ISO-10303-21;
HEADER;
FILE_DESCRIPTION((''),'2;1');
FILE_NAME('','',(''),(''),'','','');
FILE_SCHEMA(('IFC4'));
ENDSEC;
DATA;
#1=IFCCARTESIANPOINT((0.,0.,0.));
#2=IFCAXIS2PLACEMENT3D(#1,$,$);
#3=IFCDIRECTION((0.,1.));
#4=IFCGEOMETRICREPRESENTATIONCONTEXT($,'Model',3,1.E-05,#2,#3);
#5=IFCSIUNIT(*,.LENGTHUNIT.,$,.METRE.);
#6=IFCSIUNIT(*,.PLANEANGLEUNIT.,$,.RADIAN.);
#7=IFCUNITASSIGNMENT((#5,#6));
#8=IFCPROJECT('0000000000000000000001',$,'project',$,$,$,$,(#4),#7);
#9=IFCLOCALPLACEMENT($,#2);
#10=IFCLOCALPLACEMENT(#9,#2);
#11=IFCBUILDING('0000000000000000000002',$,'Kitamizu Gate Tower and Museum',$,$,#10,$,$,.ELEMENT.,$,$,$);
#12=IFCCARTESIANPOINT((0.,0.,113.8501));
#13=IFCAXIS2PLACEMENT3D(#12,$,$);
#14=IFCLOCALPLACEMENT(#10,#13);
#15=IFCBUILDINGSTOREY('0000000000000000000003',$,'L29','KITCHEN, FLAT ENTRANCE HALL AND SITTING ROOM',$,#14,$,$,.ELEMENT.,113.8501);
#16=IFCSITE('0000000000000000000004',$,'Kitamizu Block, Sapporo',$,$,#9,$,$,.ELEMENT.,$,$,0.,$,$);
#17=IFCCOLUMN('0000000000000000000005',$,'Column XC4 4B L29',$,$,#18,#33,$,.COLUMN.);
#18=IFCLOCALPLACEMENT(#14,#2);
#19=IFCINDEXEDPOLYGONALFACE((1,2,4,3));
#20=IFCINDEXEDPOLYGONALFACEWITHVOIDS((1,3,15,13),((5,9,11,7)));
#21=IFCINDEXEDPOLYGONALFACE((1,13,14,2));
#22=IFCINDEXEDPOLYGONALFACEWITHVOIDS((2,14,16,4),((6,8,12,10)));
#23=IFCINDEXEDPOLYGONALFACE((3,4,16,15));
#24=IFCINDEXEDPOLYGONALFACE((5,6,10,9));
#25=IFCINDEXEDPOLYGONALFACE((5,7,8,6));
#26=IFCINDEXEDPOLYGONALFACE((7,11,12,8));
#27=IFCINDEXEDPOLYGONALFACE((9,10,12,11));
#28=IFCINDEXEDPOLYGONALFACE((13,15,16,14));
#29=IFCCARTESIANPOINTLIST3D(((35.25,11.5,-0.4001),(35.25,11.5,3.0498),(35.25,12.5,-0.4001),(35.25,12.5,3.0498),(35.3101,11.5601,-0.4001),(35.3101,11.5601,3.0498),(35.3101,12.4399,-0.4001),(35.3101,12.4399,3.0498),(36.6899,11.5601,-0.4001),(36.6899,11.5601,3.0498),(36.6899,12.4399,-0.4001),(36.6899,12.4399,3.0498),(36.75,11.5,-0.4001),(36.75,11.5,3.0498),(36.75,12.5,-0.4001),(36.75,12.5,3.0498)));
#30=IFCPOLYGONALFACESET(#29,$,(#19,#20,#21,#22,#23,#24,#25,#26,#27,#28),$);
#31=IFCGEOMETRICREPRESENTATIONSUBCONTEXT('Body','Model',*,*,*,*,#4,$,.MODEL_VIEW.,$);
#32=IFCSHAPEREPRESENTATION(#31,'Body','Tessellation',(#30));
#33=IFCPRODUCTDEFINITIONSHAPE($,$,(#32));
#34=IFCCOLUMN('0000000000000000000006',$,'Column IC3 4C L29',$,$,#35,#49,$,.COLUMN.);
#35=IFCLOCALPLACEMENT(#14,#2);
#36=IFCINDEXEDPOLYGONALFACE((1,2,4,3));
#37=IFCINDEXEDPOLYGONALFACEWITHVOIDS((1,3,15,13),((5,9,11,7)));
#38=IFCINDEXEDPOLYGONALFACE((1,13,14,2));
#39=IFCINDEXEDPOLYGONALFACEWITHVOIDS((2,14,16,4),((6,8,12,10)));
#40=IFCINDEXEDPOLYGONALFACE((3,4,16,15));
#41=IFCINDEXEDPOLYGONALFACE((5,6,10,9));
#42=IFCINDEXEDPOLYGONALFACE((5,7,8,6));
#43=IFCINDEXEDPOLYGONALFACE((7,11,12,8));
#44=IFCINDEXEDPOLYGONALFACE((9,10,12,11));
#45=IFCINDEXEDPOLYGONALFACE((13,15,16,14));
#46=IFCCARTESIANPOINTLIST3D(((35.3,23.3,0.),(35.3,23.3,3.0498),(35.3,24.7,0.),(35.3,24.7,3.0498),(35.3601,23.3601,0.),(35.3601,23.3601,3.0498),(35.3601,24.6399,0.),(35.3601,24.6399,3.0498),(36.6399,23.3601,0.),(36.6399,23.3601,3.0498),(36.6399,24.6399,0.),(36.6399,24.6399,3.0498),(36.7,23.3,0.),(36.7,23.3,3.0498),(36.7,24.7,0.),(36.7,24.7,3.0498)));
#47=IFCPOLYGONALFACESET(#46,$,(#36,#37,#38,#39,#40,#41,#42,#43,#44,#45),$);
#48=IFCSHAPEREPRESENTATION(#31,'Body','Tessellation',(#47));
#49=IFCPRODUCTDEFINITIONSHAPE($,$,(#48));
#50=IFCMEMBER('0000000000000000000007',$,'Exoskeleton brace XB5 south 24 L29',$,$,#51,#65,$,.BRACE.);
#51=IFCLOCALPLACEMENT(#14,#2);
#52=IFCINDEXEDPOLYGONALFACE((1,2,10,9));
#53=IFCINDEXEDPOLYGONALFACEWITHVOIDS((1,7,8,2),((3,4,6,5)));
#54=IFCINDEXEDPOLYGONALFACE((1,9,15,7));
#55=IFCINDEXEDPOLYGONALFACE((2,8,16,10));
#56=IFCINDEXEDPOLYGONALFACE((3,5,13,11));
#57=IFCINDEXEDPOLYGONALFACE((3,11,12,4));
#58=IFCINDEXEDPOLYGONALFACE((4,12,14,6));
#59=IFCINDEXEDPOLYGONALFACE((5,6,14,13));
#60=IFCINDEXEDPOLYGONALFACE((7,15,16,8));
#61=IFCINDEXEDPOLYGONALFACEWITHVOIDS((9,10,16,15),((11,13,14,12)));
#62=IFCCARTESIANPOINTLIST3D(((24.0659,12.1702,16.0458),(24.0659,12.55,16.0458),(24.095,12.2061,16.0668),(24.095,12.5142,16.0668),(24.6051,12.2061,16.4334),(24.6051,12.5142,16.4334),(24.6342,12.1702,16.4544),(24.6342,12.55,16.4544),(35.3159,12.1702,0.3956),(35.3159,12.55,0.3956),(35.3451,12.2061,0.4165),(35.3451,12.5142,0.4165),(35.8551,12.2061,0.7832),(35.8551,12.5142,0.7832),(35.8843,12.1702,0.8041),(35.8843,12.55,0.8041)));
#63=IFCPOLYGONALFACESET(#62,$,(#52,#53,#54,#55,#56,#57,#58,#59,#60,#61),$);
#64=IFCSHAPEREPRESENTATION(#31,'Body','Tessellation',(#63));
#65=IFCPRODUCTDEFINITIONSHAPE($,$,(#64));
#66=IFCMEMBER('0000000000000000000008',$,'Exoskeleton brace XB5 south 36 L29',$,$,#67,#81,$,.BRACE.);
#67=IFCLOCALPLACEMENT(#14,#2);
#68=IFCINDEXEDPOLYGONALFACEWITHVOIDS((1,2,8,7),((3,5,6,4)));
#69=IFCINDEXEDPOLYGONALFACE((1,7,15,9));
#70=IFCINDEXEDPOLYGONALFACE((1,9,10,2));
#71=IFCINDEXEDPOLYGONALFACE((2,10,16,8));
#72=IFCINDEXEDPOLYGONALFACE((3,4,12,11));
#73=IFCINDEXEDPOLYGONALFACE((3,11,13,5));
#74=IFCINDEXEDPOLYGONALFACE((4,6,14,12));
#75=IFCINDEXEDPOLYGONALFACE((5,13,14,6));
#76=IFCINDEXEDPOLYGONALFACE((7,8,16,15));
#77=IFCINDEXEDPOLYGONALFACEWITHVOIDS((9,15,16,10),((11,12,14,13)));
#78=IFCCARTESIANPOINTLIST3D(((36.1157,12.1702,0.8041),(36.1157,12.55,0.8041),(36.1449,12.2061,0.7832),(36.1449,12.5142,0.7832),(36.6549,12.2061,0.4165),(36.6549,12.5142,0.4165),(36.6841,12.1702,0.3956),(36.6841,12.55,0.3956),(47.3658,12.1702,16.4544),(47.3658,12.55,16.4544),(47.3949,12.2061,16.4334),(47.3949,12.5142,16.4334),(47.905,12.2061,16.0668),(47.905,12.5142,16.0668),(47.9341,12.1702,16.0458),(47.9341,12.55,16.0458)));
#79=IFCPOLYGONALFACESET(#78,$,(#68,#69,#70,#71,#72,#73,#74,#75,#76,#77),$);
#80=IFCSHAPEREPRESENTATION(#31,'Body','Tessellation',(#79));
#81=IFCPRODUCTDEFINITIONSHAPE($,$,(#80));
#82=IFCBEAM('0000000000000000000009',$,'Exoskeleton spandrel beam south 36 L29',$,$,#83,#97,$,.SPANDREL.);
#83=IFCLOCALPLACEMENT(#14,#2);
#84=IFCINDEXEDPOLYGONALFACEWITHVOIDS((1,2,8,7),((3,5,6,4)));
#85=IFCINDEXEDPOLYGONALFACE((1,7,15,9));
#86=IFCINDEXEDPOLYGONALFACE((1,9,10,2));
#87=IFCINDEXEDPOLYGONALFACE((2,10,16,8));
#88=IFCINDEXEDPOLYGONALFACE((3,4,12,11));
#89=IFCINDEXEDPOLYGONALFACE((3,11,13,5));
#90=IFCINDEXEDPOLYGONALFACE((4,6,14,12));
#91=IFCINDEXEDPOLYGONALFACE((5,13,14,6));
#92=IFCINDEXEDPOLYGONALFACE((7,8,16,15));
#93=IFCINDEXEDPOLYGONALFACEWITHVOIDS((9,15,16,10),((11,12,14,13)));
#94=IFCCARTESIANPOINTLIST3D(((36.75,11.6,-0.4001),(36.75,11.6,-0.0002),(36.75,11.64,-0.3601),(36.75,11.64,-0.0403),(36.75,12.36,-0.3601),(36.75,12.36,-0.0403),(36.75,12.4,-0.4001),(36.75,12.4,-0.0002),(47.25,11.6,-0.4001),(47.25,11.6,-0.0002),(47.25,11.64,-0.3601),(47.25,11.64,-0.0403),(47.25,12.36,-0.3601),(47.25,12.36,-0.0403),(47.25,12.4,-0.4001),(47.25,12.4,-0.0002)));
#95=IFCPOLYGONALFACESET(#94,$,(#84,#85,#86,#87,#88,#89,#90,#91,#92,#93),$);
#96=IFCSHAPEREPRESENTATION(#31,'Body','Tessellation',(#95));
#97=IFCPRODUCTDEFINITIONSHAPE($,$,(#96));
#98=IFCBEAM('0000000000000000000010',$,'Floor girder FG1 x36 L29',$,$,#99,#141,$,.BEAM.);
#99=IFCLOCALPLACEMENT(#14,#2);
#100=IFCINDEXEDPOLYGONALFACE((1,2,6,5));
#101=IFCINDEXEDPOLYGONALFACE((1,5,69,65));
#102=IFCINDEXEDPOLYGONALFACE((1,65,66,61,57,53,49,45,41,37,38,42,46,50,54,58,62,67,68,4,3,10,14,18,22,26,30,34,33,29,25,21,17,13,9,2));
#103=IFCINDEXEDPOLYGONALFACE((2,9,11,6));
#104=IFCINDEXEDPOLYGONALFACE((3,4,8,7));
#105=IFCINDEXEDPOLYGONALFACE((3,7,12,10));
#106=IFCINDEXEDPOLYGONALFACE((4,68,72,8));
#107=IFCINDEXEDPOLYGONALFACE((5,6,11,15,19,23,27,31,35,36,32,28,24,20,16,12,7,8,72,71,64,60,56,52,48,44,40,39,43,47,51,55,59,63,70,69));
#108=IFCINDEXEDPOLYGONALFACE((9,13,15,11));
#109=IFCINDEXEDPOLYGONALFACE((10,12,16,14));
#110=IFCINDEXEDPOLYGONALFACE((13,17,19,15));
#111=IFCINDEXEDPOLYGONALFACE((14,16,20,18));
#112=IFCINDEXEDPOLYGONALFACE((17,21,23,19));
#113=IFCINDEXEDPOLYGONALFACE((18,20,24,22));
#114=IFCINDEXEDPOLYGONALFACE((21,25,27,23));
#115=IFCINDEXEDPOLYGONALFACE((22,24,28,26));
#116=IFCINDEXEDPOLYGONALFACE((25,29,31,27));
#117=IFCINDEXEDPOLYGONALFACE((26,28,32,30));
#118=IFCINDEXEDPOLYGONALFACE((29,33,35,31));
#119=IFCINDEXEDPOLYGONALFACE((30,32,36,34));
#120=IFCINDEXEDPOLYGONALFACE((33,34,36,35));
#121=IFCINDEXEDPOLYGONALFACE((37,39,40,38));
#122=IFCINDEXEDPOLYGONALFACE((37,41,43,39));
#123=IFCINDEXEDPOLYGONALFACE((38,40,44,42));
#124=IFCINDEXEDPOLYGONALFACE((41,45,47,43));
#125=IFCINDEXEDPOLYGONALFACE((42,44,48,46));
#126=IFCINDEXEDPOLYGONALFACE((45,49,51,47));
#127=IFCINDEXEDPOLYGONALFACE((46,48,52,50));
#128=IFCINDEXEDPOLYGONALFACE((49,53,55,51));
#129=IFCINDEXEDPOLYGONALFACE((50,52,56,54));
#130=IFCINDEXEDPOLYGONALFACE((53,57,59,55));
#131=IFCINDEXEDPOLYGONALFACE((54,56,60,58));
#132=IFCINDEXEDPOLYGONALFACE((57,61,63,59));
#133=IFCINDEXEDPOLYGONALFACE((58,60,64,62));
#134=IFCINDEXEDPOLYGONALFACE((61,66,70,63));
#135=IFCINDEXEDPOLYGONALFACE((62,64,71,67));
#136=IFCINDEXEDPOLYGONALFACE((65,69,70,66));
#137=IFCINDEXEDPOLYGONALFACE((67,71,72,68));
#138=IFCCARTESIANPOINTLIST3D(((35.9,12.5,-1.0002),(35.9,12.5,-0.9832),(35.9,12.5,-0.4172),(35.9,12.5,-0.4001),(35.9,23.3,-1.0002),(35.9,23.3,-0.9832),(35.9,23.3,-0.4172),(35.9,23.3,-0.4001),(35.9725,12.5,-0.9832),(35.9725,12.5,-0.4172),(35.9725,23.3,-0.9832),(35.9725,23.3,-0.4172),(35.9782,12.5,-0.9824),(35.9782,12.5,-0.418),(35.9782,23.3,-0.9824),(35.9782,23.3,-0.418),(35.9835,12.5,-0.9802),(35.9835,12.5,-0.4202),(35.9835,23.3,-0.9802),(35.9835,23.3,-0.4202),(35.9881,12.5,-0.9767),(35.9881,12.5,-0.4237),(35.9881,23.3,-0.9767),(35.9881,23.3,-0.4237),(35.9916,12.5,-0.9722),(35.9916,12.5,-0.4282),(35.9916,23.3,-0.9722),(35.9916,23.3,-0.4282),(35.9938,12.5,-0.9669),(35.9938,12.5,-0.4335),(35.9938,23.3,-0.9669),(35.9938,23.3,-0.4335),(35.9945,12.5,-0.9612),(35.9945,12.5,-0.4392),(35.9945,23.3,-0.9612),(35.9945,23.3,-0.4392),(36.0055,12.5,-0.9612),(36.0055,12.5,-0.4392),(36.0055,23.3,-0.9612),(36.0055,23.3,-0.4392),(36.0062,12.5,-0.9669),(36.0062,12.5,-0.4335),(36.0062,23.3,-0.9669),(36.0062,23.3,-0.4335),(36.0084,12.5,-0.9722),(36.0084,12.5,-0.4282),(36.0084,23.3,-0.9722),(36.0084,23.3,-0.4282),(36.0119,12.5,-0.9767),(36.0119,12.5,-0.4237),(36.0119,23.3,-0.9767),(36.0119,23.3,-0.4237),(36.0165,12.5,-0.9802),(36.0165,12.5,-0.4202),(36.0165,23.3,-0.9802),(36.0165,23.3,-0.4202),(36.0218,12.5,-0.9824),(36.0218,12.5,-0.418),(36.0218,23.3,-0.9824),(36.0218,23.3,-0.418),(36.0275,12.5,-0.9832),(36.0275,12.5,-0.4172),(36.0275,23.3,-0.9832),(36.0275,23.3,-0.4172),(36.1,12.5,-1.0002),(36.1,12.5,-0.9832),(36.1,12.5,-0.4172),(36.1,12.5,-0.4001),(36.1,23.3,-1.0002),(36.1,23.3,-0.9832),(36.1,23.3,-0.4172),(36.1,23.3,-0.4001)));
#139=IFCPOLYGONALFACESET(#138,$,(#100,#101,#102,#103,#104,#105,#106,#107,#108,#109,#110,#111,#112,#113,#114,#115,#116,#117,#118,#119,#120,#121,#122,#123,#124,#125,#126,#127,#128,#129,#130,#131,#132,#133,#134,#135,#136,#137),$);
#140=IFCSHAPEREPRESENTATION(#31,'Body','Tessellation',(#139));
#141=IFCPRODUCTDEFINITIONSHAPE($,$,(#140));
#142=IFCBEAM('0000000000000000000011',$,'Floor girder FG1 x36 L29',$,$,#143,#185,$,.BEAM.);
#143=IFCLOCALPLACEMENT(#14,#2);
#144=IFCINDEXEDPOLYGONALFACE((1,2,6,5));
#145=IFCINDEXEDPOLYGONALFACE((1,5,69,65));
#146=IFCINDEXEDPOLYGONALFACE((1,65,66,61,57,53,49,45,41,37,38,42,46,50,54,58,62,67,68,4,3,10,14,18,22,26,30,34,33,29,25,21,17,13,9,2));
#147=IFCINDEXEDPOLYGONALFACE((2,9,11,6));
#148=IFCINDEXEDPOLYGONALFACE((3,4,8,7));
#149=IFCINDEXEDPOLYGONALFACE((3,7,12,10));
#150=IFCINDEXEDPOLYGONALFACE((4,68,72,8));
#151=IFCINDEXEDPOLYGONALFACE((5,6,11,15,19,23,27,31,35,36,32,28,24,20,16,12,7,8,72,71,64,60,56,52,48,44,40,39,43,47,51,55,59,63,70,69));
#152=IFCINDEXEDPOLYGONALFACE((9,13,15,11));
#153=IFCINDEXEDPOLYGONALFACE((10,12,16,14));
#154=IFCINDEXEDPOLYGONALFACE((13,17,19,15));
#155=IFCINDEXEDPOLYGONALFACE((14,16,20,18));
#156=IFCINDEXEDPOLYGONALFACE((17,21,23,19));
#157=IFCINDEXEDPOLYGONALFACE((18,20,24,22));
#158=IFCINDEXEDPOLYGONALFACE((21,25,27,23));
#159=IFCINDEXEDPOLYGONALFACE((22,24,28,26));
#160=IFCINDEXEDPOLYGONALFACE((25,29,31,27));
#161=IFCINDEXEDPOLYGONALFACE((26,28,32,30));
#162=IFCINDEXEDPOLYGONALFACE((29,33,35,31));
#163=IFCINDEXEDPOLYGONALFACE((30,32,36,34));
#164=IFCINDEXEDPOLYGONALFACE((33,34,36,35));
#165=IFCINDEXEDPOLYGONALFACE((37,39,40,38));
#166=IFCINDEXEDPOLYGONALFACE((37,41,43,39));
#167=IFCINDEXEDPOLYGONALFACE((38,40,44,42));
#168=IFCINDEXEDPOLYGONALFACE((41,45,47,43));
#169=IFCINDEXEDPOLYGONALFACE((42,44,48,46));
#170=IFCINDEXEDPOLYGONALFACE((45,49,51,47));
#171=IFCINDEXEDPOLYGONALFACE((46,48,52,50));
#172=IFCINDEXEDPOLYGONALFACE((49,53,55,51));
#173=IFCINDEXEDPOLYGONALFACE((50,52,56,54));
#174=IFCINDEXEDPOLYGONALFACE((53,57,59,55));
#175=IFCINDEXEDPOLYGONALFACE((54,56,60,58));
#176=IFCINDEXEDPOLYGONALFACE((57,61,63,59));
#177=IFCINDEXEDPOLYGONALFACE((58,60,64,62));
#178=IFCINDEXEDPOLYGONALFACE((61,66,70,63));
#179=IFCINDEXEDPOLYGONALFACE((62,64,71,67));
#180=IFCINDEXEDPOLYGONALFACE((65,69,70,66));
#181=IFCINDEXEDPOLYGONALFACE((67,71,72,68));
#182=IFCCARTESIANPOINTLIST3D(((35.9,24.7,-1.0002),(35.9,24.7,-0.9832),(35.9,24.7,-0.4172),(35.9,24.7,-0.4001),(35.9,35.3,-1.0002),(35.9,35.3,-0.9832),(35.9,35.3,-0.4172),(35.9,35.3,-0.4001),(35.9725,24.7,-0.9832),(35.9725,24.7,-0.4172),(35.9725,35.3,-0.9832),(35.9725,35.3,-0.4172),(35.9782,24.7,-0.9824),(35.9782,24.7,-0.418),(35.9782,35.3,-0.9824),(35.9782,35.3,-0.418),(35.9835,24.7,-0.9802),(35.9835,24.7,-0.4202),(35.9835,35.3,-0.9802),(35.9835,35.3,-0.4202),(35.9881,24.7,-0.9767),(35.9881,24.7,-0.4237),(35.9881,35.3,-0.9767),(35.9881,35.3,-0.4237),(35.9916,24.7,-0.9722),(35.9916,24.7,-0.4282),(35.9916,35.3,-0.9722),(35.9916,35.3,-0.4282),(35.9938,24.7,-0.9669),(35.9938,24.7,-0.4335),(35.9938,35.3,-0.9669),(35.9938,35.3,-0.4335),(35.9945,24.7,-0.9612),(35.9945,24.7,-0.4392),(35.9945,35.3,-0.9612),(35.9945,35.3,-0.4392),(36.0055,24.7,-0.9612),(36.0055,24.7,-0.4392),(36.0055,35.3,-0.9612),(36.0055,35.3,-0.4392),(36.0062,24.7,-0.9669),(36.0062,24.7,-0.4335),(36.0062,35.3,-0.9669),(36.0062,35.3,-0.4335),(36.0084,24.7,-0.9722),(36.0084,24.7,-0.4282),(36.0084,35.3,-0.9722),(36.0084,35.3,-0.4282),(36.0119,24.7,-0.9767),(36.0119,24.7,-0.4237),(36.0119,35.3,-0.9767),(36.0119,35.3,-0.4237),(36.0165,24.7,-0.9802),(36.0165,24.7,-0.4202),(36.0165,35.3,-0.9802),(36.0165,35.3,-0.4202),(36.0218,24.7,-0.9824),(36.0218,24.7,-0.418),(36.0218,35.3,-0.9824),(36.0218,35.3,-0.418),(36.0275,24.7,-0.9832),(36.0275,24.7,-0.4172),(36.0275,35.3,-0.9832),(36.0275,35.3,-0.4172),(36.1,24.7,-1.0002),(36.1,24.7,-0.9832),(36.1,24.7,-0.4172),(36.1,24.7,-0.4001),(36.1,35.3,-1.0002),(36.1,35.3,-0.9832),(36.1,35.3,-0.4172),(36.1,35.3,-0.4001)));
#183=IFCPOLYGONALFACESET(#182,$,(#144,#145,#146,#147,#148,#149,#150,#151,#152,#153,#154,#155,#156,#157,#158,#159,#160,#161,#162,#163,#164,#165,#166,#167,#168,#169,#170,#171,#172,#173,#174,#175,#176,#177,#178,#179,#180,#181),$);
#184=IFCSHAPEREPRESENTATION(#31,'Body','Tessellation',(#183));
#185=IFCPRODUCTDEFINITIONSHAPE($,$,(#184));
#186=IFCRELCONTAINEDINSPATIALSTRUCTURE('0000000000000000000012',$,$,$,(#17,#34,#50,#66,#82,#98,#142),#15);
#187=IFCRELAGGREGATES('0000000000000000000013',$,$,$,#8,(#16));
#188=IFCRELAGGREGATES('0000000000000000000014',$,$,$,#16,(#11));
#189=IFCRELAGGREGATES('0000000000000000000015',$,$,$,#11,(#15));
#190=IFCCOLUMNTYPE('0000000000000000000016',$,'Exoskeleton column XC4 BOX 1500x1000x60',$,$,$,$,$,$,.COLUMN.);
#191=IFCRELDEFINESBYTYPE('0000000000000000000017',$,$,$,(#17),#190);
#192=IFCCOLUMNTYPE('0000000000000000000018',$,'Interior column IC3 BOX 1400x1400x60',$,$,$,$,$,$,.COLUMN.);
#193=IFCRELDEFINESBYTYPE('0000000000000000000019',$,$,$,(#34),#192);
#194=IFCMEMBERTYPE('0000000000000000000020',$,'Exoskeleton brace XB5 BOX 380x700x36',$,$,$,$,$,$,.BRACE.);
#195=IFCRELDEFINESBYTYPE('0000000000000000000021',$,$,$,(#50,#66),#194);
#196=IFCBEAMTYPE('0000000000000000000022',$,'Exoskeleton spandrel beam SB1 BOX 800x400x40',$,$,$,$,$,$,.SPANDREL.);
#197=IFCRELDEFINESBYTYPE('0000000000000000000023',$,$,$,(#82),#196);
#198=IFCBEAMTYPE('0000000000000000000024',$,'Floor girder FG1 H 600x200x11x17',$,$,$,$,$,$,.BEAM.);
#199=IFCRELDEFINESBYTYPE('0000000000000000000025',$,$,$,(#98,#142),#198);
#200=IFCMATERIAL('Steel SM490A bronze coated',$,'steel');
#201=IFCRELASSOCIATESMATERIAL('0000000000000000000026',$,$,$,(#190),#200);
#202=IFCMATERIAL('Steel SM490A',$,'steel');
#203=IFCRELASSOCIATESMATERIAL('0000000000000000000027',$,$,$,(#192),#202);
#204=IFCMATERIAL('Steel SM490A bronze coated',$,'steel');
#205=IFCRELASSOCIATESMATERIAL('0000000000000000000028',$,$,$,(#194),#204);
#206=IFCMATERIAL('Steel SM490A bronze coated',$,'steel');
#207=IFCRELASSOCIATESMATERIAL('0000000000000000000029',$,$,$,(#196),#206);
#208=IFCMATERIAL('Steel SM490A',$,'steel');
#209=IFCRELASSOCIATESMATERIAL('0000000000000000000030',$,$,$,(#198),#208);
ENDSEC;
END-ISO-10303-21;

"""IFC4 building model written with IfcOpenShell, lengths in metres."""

from ifc_helpers import new_model, si_unit, direction, frame, origin, origin_2d, place, context, subcontext, project, spatial, hollow_rectangle, i_section, extrude, material, material_profile, profile_set, type_object, element, save


model = new_model("IFC4")

# Units and contexts
model_context = context("Model", 3, precision=1e-05, world=origin(), true_north=direction((0.0, 1.0)))
body_context = subcontext(model_context, "Body", "Model", "MODEL_VIEW")
ifc_project = project(units=[si_unit("LENGTHUNIT", "METRE"), si_unit("PLANEANGLEUNIT", "RADIAN")], contexts=[model_context])

# Site, building, storey
site_placement = place(None, origin())
site = spatial("IfcSite", under=ifc_project, at=site_placement, Name="Kitamizu Block, Sapporo", CompositionType="ELEMENT", RefElevation=0.0)
building_placement = place(site_placement, origin())
building = spatial("IfcBuilding", under=site, at=building_placement, Name="Kitamizu Gate Tower and Museum", CompositionType="ELEMENT")
storey_placement = place(building_placement, frame((0.0, 0.0, 113.8501)))
storey = spatial("IfcBuildingStorey", under=building, at=storey_placement, Name="L29", Description="KITCHEN, FLAT ENTRANCE HALL AND SITTING ROOM", CompositionType="ELEMENT", Elevation=113.8501)

# Columns
ifc_material_1 = material(Name="Steel SM490A bronze coated", Category="steel")
ifc_material_profile_1 = material_profile(ifc_material_1, hollow_rectangle(XDim=1.5, YDim=1.0, WallThickness=0.0601, at=origin_2d()), Name="BOX 1500x1000x60")
ifc_profile_set_1 = profile_set([ifc_material_profile_1], Name="Steel SM490A bronze coated")
column_type_1 = type_object("IfcColumnType", Name="Exoskeleton column XC4 BOX 1500x1000x60", PredefinedType="COLUMN", material=ifc_profile_set_1)
column_1_placement = place(storey_placement, frame((36.0, 12.0, -0.4001), z_axis=(0.0, 0.0, 1.0), x_axis=(1.0, 0.0, 0.0)))
element("IfcColumn", 1, at=column_1_placement, inside=storey, type_object=column_type_1, Name="Column XC4 4B L29", PredefinedType="COLUMN", context=body_context, shape_type="SweptSolid", body=[
    extrude(hollow_rectangle(XDim=1.5, YDim=1.0, WallThickness=0.0601, at=origin_2d()), origin(), (0.0, 0.0, 1.0), 3.45),
])
ifc_material_2 = material(Name="Steel SM490A", Category="steel")
ifc_material_profile_2 = material_profile(ifc_material_2, hollow_rectangle(XDim=1.3999, YDim=1.3999, WallThickness=0.0601, at=origin_2d()), Name="BOX 1400x1400x60")
ifc_profile_set_2 = profile_set([ifc_material_profile_2], Name="Steel SM490A")
column_type_2 = type_object("IfcColumnType", Name="Interior column IC3 BOX 1400x1400x60", PredefinedType="COLUMN", material=ifc_profile_set_2)
column_2_placement = place(storey_placement, frame((36.0, 24.0, 0.0), z_axis=(0.0, 0.0, 1.0), x_axis=(1.0, 0.0, 0.0)))
element("IfcColumn", 2, at=column_2_placement, inside=storey, type_object=column_type_2, Name="Column IC3 4C L29", PredefinedType="COLUMN", context=body_context, shape_type="SweptSolid", body=[
    extrude(hollow_rectangle(XDim=1.3999, YDim=1.3999, WallThickness=0.0601, at=origin_2d()), origin(), (0.0, 0.0, 1.0), 3.0498),
])

# Members
ifc_material_3 = material(Name="Steel SM490A bronze coated", Category="steel")
ifc_material_profile_3 = material_profile(ifc_material_3, hollow_rectangle(XDim=0.3799, YDim=0.7, WallThickness=0.0359, at=origin_2d()), Name="BOX 380x700x36")
ifc_profile_set_3 = profile_set([ifc_material_profile_3], Name="Steel SM490A bronze coated")
member_type = type_object("IfcMemberType", Name="Exoskeleton brace XB5 BOX 380x700x36", PredefinedType="BRACE", material=ifc_profile_set_3)
for number, where, z_axis, x_axis, name in (
    (3, (35.6001, 12.3601, 0.5999), (-0.583686, 0.0, 0.81198), (0.0, -1.0, 0.0), "Exoskeleton brace XB5 south 24 L29"),
    (4, (36.3999, 12.3601, 0.5999), (0.583686, 0.0, 0.81198), (0.0, 1.0, 0.0), "Exoskeleton brace XB5 south 36 L29"),
):
    element("IfcMember", number, at=place(storey_placement, frame(where, z_axis=z_axis, x_axis=x_axis)), inside=storey, type_object=member_type, Name=name, PredefinedType="BRACE", context=body_context, shape_type="SweptSolid", body=[
        extrude(hollow_rectangle(XDim=0.3799, YDim=0.7, WallThickness=0.0359, at=origin_2d()), origin(), (0.0, 0.0, 1.0), 19.2742),
    ])

# Beams
ifc_material_4 = material(Name="Steel SM490A bronze coated", Category="steel")
ifc_material_profile_4 = material_profile(ifc_material_4, hollow_rectangle(XDim=0.8, YDim=0.3999, WallThickness=0.04, at=origin_2d()), Name="BOX 800x400x40")
ifc_profile_set_4 = profile_set([ifc_material_profile_4], Name="Steel SM490A bronze coated")
beam_type_1 = type_object("IfcBeamType", Name="Exoskeleton spandrel beam SB1 BOX 800x400x40", PredefinedType="SPANDREL", material=ifc_profile_set_4)
beam_1_placement = place(storey_placement, frame((36.75, 12.0, -0.2002), z_axis=(1.0, 0.0, 0.0), x_axis=(0.0, 1.0, 0.0)))
element("IfcBeam", 5, at=beam_1_placement, inside=storey, type_object=beam_type_1, Name="Exoskeleton spandrel beam south 36 L29", PredefinedType="SPANDREL", context=body_context, shape_type="SweptSolid", body=[
    extrude(hollow_rectangle(XDim=0.8, YDim=0.3999, WallThickness=0.04, at=origin_2d()), origin(), (0.0, 0.0, 1.0), 10.5),
])
ifc_material_5 = material(Name="Steel SM490A", Category="steel")
ifc_material_profile_5 = material_profile(ifc_material_5, i_section(OverallWidth=0.2, OverallDepth=0.6001, WebThickness=0.011, FlangeThickness=0.0171, FilletRadius=0.022, at=origin_2d()), Name="H-600x200x11x17")
ifc_profile_set_5 = profile_set([ifc_material_profile_5], Name="Steel SM490A")
beam_type_2 = type_object("IfcBeamType", Name="Floor girder FG1 H 600x200x11x17", PredefinedType="BEAM", material=ifc_profile_set_5)
beam_2_placement = place(storey_placement, frame((36.0, 12.5, -0.7002), z_axis=(0.0, 1.0, 0.0), x_axis=(-1.0, 0.0, 0.0)))
element("IfcBeam", 6, at=beam_2_placement, inside=storey, type_object=beam_type_2, Name="Floor girder FG1 x36 L29", PredefinedType="BEAM", context=body_context, shape_type="SweptSolid", body=[
    extrude(i_section(OverallWidth=0.2, OverallDepth=0.6001, WebThickness=0.011, FlangeThickness=0.0171, FilletRadius=0.022, at=origin_2d()), origin(), (0.0, 0.0, 1.0), 10.8),
])
beam_3_placement = place(storey_placement, frame((36.0, 24.7, -0.7002), z_axis=(0.0, 1.0, 0.0), x_axis=(-1.0, 0.0, 0.0)))
element("IfcBeam", 7, at=beam_3_placement, inside=storey, type_object=beam_type_2, Name="Floor girder FG1 x36 L29", PredefinedType="BEAM", context=body_context, shape_type="SweptSolid", body=[
    extrude(i_section(OverallWidth=0.2, OverallDepth=0.6001, WebThickness=0.011, FlangeThickness=0.0171, FilletRadius=0.022, at=origin_2d()), origin(), (0.0, 0.0, 1.0), 10.6001),
])

save(model, "model.ifc")
